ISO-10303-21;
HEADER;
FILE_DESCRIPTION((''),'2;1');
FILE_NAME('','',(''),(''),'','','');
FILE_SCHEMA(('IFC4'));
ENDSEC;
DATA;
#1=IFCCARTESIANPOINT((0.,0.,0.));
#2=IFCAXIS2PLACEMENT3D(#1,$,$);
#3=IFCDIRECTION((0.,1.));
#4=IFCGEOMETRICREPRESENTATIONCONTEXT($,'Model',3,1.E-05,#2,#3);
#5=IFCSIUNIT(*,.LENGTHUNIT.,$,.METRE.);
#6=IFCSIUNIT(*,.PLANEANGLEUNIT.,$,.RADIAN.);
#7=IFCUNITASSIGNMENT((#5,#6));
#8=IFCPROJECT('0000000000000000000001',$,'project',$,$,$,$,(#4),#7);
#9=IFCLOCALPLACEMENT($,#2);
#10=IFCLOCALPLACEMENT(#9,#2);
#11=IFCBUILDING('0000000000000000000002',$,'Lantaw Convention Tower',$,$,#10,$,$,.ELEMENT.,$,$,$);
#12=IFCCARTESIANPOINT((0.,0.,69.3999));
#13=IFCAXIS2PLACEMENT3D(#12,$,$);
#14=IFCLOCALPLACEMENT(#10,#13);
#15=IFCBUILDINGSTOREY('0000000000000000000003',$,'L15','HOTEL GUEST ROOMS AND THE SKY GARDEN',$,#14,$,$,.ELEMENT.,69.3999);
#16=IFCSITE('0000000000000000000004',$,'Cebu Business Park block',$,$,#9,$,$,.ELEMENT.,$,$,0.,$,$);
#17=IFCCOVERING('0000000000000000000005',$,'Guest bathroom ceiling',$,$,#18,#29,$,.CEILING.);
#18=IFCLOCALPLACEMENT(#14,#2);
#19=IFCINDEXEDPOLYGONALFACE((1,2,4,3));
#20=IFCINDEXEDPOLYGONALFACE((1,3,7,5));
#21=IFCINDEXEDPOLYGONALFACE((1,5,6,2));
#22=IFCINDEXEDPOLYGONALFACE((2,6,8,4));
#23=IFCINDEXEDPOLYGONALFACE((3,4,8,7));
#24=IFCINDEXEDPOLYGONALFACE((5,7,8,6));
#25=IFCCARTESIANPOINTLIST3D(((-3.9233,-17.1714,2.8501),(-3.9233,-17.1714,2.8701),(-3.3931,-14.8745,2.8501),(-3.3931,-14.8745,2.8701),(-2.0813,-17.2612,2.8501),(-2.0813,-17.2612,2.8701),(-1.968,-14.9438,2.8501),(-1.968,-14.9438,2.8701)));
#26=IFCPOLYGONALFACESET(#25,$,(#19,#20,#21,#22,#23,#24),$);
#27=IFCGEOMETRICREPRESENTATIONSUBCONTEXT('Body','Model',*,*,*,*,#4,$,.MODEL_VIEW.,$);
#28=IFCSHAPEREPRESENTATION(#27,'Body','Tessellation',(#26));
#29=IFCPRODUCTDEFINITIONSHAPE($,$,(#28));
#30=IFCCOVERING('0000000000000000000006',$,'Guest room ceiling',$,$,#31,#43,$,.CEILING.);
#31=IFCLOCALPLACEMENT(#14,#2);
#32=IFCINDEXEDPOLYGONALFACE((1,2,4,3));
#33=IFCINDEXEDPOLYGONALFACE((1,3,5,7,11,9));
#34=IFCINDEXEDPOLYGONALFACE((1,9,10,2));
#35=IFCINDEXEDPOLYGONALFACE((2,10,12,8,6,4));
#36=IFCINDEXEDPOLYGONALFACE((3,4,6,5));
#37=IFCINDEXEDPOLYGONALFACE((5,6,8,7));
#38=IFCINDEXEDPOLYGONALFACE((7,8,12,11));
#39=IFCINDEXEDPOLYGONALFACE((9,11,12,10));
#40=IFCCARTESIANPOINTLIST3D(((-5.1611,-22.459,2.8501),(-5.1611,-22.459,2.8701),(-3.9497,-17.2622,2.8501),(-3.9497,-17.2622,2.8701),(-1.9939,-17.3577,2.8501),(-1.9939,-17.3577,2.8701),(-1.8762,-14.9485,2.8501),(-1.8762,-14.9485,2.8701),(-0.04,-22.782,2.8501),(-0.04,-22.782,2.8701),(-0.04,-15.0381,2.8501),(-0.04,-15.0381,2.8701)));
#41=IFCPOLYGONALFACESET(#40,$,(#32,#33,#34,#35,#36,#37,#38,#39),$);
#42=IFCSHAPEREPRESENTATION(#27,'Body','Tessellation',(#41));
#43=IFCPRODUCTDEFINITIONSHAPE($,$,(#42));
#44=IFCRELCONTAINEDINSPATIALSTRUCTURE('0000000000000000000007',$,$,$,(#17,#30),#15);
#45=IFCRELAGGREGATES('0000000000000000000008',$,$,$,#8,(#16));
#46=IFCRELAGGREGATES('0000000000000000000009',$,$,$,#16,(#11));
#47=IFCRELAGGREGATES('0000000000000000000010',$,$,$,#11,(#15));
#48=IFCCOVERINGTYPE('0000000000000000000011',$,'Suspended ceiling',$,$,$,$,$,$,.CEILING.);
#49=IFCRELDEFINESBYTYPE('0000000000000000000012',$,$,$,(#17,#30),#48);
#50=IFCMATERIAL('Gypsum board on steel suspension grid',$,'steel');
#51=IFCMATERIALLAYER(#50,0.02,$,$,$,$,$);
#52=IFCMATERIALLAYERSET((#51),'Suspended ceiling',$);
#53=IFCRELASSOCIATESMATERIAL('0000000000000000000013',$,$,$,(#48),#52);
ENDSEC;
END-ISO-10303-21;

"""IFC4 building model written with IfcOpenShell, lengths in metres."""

from ifc_helpers import new_model, si_unit, direction, frame, origin, place, context, subcontext, project, spatial, polyline, outline, extrude, material, layer, layer_set, type_object, element, save


model = new_model("IFC4")

# Units and contexts
model_context = context("Model", 3, precision=1e-05, world=origin(), true_north=direction((0.0, 1.0)))
body_context = subcontext(model_context, "Body", "Model", "MODEL_VIEW")
ifc_project = project(units=[si_unit("LENGTHUNIT", "METRE"), si_unit("PLANEANGLEUNIT", "RADIAN")], contexts=[model_context])

# Site, building, storey
site_placement = place(None, origin())
site = spatial("IfcSite", under=ifc_project, at=site_placement, Name="Cebu Business Park block", CompositionType="ELEMENT", RefElevation=0.0)
building_placement = place(site_placement, origin())
building = spatial("IfcBuilding", under=site, at=building_placement, Name="Lantaw Convention Tower", CompositionType="ELEMENT")
storey_placement = place(building_placement, frame((0.0, 0.0, 69.3999)))
storey = spatial("IfcBuildingStorey", under=building, at=storey_placement, Name="L15", Description="HOTEL GUEST ROOMS AND THE SKY GARDEN", CompositionType="ELEMENT", Elevation=69.3999)

# Coverings
ifc_material_1 = material(Name="Gypsum board on steel suspension grid", Category="steel")
ifc_layer_1 = layer(ifc_material_1, 0.02)
ifc_layer_set_1 = layer_set([ifc_layer_1], Name="Suspended ceiling")
covering_type = type_object("IfcCoveringType", Name="Suspended ceiling", PredefinedType="CEILING", material=ifc_layer_set_1)
covering_1_placement = place(storey_placement, frame((0.0, 0.0, 2.8501)))
element("IfcCovering", 1, at=covering_1_placement, inside=storey, type_object=covering_type, Name="Guest bathroom ceiling", PredefinedType="CEILING", context=body_context, shape_type="SweptSolid", body=[
    extrude(outline(polyline([(-3.3931, -14.8745), (-3.9233, -17.1714), (-2.0813, -17.2612), (-1.968, -14.9438), (-3.3931, -14.8745)])), origin(), (0.0, 0.0, 1.0), 0.02),
])
covering_2_placement = place(storey_placement, frame((0.0, 0.0, 2.8501)))
element("IfcCovering", 2, at=covering_2_placement, inside=storey, type_object=covering_type, Name="Guest room ceiling", PredefinedType="CEILING", context=body_context, shape_type="SweptSolid", body=[
    extrude(outline(polyline([(-0.04, -15.0381), (-1.8762, -14.9485), (-1.9939, -17.3577), (-3.9497, -17.2622), (-5.1611, -22.459), (-0.04, -22.782), (-0.04, -15.0381)])), origin(), (0.0, 0.0, 1.0), 0.02),
])

save(model, "model.ifc")
